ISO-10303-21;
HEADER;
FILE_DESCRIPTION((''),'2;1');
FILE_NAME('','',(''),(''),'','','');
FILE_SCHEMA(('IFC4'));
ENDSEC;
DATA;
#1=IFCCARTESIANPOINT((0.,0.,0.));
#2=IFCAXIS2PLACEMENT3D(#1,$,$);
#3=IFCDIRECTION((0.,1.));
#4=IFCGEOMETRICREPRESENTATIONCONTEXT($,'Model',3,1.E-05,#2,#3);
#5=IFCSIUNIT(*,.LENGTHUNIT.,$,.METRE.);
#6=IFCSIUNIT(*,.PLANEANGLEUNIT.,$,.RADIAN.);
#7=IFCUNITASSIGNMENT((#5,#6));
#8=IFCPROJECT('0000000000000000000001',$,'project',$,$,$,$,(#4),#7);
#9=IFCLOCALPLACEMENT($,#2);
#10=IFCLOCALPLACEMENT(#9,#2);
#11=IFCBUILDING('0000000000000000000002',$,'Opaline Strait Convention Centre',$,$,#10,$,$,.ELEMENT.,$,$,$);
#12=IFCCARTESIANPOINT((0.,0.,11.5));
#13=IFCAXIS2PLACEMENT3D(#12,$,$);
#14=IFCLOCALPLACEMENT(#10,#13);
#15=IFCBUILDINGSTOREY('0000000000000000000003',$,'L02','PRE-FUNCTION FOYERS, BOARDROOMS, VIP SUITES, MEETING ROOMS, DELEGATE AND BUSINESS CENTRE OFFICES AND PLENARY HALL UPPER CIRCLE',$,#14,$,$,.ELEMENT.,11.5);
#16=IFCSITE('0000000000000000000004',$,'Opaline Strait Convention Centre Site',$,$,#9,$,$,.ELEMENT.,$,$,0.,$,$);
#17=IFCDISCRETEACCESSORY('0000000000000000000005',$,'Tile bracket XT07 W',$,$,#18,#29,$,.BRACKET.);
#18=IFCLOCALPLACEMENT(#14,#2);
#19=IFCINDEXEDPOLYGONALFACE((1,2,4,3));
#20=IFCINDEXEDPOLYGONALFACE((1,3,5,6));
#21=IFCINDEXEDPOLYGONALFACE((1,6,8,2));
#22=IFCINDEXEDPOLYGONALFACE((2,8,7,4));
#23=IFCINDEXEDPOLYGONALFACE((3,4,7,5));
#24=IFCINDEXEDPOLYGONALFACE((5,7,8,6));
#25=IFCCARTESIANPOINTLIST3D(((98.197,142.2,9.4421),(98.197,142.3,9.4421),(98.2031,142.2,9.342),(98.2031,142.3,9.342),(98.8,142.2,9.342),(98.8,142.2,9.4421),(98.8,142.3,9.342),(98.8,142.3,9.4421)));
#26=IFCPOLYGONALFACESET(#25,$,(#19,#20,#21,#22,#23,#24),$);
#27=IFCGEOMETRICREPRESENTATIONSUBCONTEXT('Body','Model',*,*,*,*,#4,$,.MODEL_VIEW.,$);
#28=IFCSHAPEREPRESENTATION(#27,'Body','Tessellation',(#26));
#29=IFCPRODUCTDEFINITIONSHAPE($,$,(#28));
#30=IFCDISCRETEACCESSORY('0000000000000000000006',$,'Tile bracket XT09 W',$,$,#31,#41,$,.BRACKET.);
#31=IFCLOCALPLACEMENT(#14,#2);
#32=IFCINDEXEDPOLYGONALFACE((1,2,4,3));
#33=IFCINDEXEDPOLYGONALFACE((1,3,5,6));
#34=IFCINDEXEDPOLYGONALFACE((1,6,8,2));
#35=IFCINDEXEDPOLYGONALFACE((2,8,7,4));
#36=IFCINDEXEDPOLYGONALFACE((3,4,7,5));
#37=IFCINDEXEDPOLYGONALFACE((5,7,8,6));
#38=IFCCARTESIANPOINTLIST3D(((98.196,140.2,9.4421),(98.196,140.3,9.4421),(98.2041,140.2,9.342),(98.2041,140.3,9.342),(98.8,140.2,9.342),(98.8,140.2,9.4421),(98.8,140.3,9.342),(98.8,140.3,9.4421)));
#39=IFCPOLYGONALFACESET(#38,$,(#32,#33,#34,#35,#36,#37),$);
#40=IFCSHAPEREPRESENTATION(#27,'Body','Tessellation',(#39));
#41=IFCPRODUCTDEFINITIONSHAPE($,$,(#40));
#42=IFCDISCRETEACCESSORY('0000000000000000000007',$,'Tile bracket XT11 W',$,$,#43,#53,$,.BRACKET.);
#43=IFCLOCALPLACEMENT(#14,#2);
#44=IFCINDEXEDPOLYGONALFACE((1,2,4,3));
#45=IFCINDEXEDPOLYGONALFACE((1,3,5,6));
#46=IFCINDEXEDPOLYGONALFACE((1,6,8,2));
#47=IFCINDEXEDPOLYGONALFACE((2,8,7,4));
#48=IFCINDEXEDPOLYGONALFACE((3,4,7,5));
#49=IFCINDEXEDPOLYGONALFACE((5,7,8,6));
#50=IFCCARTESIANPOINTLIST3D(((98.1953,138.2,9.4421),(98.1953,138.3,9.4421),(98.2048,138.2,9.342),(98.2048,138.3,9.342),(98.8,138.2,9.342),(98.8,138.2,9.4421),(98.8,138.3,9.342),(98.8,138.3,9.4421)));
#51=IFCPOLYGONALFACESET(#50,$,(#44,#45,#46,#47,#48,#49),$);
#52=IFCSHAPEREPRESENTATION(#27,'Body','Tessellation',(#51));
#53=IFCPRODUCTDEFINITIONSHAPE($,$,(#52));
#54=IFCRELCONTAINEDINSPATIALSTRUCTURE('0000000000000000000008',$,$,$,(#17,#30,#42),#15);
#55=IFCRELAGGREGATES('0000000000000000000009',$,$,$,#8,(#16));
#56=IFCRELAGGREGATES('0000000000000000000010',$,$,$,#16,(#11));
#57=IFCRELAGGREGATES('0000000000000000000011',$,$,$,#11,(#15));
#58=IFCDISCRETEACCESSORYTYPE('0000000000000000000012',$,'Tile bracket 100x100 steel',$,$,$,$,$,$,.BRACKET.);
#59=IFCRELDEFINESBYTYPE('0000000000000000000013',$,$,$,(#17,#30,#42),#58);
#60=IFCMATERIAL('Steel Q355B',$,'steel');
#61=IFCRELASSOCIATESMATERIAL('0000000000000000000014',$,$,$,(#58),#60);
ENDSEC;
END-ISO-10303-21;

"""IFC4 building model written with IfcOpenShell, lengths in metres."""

from ifc_helpers import new_model, si_unit, direction, frame, origin, place, context, subcontext, project, spatial, polyline, outline, extrude, material, type_object, element, save


model = new_model("IFC4")

# Units and contexts
model_context = context("Model", 3, precision=1e-05, world=origin(), true_north=direction((0.0, 1.0)))
body_context = subcontext(model_context, "Body", "Model", "MODEL_VIEW")
ifc_project = project(units=[si_unit("LENGTHUNIT", "METRE"), si_unit("PLANEANGLEUNIT", "RADIAN")], contexts=[model_context])

# Site, building, storey
site_placement = place(None, origin())
site = spatial("IfcSite", under=ifc_project, at=site_placement, Name="Opaline Strait Convention Centre Site", CompositionType="ELEMENT", RefElevation=0.0)
building_placement = place(site_placement, origin())
building = spatial("IfcBuilding", under=site, at=building_placement, Name="Opaline Strait Convention Centre", CompositionType="ELEMENT")
storey_placement = place(building_placement, frame((0.0, 0.0, 11.5)))
storey = spatial("IfcBuildingStorey", under=building, at=storey_placement, Name="L02", Description="PRE-FUNCTION FOYERS, BOARDROOMS, VIP SUITES, MEETING ROOMS, DELEGATE AND BUSINESS CENTRE OFFICES AND PLENARY HALL UPPER CIRCLE", CompositionType="ELEMENT", Elevation=11.5)

# Shared definitions
ifc_material_1 = material(Name="Steel Q355B", Category="steel")

# Discrete accessories
discrete_accessory_type = type_object("IfcDiscreteAccessoryType", Name="Tile bracket 100x100 steel", PredefinedType="BRACKET", material=ifc_material_1)
discrete_accessory_1_placement = place(storey_placement, frame((98.8, 142.3, 9.3921), z_axis=(0.0, -1.0, 0.0), x_axis=(1.0, 0.0, 0.0)))
element("IfcDiscreteAccessory", 1, at=discrete_accessory_1_placement, inside=storey, type_object=discrete_accessory_type, Name="Tile bracket XT07 W", PredefinedType="BRACKET", context=body_context, shape_type="SweptSolid", body=[
    extrude(outline(polyline([(0.0, -0.05), (0.0, 0.05), (-0.603, 0.05), (-0.5969, -0.05), (0.0, -0.05)])), origin(), (0.0, 0.0, 1.0), 0.1001),
])
discrete_accessory_2_placement = place(storey_placement, frame((98.8, 140.3, 9.3921), z_axis=(0.0, -1.0, 0.0), x_axis=(1.0, 0.0, 0.0)))
element("IfcDiscreteAccessory", 2, at=discrete_accessory_2_placement, inside=storey, type_object=discrete_accessory_type, Name="Tile bracket XT09 W", PredefinedType="BRACKET", context=body_context, shape_type="SweptSolid", body=[
    extrude(outline(polyline([(0.0, -0.05), (0.0, 0.05), (-0.604, 0.05), (-0.5959, -0.05), (0.0, -0.05)])), origin(), (0.0, 0.0, 1.0), 0.1001),
])
discrete_accessory_3_placement = place(storey_placement, frame((98.8, 138.3, 9.3921), z_axis=(0.0, -1.0, 0.0), x_axis=(1.0, 0.0, 0.0)))
element("IfcDiscreteAccessory", 3, at=discrete_accessory_3_placement, inside=storey, type_object=discrete_accessory_type, Name="Tile bracket XT11 W", PredefinedType="BRACKET", context=body_context, shape_type="SweptSolid", body=[
    extrude(outline(polyline([(0.0, -0.05), (0.0, 0.05), (-0.6047, 0.05), (-0.5952, -0.05), (0.0, -0.05)])), origin(), (0.0, 0.0, 1.0), 0.1001),
])

save(model, "model.ifc")
